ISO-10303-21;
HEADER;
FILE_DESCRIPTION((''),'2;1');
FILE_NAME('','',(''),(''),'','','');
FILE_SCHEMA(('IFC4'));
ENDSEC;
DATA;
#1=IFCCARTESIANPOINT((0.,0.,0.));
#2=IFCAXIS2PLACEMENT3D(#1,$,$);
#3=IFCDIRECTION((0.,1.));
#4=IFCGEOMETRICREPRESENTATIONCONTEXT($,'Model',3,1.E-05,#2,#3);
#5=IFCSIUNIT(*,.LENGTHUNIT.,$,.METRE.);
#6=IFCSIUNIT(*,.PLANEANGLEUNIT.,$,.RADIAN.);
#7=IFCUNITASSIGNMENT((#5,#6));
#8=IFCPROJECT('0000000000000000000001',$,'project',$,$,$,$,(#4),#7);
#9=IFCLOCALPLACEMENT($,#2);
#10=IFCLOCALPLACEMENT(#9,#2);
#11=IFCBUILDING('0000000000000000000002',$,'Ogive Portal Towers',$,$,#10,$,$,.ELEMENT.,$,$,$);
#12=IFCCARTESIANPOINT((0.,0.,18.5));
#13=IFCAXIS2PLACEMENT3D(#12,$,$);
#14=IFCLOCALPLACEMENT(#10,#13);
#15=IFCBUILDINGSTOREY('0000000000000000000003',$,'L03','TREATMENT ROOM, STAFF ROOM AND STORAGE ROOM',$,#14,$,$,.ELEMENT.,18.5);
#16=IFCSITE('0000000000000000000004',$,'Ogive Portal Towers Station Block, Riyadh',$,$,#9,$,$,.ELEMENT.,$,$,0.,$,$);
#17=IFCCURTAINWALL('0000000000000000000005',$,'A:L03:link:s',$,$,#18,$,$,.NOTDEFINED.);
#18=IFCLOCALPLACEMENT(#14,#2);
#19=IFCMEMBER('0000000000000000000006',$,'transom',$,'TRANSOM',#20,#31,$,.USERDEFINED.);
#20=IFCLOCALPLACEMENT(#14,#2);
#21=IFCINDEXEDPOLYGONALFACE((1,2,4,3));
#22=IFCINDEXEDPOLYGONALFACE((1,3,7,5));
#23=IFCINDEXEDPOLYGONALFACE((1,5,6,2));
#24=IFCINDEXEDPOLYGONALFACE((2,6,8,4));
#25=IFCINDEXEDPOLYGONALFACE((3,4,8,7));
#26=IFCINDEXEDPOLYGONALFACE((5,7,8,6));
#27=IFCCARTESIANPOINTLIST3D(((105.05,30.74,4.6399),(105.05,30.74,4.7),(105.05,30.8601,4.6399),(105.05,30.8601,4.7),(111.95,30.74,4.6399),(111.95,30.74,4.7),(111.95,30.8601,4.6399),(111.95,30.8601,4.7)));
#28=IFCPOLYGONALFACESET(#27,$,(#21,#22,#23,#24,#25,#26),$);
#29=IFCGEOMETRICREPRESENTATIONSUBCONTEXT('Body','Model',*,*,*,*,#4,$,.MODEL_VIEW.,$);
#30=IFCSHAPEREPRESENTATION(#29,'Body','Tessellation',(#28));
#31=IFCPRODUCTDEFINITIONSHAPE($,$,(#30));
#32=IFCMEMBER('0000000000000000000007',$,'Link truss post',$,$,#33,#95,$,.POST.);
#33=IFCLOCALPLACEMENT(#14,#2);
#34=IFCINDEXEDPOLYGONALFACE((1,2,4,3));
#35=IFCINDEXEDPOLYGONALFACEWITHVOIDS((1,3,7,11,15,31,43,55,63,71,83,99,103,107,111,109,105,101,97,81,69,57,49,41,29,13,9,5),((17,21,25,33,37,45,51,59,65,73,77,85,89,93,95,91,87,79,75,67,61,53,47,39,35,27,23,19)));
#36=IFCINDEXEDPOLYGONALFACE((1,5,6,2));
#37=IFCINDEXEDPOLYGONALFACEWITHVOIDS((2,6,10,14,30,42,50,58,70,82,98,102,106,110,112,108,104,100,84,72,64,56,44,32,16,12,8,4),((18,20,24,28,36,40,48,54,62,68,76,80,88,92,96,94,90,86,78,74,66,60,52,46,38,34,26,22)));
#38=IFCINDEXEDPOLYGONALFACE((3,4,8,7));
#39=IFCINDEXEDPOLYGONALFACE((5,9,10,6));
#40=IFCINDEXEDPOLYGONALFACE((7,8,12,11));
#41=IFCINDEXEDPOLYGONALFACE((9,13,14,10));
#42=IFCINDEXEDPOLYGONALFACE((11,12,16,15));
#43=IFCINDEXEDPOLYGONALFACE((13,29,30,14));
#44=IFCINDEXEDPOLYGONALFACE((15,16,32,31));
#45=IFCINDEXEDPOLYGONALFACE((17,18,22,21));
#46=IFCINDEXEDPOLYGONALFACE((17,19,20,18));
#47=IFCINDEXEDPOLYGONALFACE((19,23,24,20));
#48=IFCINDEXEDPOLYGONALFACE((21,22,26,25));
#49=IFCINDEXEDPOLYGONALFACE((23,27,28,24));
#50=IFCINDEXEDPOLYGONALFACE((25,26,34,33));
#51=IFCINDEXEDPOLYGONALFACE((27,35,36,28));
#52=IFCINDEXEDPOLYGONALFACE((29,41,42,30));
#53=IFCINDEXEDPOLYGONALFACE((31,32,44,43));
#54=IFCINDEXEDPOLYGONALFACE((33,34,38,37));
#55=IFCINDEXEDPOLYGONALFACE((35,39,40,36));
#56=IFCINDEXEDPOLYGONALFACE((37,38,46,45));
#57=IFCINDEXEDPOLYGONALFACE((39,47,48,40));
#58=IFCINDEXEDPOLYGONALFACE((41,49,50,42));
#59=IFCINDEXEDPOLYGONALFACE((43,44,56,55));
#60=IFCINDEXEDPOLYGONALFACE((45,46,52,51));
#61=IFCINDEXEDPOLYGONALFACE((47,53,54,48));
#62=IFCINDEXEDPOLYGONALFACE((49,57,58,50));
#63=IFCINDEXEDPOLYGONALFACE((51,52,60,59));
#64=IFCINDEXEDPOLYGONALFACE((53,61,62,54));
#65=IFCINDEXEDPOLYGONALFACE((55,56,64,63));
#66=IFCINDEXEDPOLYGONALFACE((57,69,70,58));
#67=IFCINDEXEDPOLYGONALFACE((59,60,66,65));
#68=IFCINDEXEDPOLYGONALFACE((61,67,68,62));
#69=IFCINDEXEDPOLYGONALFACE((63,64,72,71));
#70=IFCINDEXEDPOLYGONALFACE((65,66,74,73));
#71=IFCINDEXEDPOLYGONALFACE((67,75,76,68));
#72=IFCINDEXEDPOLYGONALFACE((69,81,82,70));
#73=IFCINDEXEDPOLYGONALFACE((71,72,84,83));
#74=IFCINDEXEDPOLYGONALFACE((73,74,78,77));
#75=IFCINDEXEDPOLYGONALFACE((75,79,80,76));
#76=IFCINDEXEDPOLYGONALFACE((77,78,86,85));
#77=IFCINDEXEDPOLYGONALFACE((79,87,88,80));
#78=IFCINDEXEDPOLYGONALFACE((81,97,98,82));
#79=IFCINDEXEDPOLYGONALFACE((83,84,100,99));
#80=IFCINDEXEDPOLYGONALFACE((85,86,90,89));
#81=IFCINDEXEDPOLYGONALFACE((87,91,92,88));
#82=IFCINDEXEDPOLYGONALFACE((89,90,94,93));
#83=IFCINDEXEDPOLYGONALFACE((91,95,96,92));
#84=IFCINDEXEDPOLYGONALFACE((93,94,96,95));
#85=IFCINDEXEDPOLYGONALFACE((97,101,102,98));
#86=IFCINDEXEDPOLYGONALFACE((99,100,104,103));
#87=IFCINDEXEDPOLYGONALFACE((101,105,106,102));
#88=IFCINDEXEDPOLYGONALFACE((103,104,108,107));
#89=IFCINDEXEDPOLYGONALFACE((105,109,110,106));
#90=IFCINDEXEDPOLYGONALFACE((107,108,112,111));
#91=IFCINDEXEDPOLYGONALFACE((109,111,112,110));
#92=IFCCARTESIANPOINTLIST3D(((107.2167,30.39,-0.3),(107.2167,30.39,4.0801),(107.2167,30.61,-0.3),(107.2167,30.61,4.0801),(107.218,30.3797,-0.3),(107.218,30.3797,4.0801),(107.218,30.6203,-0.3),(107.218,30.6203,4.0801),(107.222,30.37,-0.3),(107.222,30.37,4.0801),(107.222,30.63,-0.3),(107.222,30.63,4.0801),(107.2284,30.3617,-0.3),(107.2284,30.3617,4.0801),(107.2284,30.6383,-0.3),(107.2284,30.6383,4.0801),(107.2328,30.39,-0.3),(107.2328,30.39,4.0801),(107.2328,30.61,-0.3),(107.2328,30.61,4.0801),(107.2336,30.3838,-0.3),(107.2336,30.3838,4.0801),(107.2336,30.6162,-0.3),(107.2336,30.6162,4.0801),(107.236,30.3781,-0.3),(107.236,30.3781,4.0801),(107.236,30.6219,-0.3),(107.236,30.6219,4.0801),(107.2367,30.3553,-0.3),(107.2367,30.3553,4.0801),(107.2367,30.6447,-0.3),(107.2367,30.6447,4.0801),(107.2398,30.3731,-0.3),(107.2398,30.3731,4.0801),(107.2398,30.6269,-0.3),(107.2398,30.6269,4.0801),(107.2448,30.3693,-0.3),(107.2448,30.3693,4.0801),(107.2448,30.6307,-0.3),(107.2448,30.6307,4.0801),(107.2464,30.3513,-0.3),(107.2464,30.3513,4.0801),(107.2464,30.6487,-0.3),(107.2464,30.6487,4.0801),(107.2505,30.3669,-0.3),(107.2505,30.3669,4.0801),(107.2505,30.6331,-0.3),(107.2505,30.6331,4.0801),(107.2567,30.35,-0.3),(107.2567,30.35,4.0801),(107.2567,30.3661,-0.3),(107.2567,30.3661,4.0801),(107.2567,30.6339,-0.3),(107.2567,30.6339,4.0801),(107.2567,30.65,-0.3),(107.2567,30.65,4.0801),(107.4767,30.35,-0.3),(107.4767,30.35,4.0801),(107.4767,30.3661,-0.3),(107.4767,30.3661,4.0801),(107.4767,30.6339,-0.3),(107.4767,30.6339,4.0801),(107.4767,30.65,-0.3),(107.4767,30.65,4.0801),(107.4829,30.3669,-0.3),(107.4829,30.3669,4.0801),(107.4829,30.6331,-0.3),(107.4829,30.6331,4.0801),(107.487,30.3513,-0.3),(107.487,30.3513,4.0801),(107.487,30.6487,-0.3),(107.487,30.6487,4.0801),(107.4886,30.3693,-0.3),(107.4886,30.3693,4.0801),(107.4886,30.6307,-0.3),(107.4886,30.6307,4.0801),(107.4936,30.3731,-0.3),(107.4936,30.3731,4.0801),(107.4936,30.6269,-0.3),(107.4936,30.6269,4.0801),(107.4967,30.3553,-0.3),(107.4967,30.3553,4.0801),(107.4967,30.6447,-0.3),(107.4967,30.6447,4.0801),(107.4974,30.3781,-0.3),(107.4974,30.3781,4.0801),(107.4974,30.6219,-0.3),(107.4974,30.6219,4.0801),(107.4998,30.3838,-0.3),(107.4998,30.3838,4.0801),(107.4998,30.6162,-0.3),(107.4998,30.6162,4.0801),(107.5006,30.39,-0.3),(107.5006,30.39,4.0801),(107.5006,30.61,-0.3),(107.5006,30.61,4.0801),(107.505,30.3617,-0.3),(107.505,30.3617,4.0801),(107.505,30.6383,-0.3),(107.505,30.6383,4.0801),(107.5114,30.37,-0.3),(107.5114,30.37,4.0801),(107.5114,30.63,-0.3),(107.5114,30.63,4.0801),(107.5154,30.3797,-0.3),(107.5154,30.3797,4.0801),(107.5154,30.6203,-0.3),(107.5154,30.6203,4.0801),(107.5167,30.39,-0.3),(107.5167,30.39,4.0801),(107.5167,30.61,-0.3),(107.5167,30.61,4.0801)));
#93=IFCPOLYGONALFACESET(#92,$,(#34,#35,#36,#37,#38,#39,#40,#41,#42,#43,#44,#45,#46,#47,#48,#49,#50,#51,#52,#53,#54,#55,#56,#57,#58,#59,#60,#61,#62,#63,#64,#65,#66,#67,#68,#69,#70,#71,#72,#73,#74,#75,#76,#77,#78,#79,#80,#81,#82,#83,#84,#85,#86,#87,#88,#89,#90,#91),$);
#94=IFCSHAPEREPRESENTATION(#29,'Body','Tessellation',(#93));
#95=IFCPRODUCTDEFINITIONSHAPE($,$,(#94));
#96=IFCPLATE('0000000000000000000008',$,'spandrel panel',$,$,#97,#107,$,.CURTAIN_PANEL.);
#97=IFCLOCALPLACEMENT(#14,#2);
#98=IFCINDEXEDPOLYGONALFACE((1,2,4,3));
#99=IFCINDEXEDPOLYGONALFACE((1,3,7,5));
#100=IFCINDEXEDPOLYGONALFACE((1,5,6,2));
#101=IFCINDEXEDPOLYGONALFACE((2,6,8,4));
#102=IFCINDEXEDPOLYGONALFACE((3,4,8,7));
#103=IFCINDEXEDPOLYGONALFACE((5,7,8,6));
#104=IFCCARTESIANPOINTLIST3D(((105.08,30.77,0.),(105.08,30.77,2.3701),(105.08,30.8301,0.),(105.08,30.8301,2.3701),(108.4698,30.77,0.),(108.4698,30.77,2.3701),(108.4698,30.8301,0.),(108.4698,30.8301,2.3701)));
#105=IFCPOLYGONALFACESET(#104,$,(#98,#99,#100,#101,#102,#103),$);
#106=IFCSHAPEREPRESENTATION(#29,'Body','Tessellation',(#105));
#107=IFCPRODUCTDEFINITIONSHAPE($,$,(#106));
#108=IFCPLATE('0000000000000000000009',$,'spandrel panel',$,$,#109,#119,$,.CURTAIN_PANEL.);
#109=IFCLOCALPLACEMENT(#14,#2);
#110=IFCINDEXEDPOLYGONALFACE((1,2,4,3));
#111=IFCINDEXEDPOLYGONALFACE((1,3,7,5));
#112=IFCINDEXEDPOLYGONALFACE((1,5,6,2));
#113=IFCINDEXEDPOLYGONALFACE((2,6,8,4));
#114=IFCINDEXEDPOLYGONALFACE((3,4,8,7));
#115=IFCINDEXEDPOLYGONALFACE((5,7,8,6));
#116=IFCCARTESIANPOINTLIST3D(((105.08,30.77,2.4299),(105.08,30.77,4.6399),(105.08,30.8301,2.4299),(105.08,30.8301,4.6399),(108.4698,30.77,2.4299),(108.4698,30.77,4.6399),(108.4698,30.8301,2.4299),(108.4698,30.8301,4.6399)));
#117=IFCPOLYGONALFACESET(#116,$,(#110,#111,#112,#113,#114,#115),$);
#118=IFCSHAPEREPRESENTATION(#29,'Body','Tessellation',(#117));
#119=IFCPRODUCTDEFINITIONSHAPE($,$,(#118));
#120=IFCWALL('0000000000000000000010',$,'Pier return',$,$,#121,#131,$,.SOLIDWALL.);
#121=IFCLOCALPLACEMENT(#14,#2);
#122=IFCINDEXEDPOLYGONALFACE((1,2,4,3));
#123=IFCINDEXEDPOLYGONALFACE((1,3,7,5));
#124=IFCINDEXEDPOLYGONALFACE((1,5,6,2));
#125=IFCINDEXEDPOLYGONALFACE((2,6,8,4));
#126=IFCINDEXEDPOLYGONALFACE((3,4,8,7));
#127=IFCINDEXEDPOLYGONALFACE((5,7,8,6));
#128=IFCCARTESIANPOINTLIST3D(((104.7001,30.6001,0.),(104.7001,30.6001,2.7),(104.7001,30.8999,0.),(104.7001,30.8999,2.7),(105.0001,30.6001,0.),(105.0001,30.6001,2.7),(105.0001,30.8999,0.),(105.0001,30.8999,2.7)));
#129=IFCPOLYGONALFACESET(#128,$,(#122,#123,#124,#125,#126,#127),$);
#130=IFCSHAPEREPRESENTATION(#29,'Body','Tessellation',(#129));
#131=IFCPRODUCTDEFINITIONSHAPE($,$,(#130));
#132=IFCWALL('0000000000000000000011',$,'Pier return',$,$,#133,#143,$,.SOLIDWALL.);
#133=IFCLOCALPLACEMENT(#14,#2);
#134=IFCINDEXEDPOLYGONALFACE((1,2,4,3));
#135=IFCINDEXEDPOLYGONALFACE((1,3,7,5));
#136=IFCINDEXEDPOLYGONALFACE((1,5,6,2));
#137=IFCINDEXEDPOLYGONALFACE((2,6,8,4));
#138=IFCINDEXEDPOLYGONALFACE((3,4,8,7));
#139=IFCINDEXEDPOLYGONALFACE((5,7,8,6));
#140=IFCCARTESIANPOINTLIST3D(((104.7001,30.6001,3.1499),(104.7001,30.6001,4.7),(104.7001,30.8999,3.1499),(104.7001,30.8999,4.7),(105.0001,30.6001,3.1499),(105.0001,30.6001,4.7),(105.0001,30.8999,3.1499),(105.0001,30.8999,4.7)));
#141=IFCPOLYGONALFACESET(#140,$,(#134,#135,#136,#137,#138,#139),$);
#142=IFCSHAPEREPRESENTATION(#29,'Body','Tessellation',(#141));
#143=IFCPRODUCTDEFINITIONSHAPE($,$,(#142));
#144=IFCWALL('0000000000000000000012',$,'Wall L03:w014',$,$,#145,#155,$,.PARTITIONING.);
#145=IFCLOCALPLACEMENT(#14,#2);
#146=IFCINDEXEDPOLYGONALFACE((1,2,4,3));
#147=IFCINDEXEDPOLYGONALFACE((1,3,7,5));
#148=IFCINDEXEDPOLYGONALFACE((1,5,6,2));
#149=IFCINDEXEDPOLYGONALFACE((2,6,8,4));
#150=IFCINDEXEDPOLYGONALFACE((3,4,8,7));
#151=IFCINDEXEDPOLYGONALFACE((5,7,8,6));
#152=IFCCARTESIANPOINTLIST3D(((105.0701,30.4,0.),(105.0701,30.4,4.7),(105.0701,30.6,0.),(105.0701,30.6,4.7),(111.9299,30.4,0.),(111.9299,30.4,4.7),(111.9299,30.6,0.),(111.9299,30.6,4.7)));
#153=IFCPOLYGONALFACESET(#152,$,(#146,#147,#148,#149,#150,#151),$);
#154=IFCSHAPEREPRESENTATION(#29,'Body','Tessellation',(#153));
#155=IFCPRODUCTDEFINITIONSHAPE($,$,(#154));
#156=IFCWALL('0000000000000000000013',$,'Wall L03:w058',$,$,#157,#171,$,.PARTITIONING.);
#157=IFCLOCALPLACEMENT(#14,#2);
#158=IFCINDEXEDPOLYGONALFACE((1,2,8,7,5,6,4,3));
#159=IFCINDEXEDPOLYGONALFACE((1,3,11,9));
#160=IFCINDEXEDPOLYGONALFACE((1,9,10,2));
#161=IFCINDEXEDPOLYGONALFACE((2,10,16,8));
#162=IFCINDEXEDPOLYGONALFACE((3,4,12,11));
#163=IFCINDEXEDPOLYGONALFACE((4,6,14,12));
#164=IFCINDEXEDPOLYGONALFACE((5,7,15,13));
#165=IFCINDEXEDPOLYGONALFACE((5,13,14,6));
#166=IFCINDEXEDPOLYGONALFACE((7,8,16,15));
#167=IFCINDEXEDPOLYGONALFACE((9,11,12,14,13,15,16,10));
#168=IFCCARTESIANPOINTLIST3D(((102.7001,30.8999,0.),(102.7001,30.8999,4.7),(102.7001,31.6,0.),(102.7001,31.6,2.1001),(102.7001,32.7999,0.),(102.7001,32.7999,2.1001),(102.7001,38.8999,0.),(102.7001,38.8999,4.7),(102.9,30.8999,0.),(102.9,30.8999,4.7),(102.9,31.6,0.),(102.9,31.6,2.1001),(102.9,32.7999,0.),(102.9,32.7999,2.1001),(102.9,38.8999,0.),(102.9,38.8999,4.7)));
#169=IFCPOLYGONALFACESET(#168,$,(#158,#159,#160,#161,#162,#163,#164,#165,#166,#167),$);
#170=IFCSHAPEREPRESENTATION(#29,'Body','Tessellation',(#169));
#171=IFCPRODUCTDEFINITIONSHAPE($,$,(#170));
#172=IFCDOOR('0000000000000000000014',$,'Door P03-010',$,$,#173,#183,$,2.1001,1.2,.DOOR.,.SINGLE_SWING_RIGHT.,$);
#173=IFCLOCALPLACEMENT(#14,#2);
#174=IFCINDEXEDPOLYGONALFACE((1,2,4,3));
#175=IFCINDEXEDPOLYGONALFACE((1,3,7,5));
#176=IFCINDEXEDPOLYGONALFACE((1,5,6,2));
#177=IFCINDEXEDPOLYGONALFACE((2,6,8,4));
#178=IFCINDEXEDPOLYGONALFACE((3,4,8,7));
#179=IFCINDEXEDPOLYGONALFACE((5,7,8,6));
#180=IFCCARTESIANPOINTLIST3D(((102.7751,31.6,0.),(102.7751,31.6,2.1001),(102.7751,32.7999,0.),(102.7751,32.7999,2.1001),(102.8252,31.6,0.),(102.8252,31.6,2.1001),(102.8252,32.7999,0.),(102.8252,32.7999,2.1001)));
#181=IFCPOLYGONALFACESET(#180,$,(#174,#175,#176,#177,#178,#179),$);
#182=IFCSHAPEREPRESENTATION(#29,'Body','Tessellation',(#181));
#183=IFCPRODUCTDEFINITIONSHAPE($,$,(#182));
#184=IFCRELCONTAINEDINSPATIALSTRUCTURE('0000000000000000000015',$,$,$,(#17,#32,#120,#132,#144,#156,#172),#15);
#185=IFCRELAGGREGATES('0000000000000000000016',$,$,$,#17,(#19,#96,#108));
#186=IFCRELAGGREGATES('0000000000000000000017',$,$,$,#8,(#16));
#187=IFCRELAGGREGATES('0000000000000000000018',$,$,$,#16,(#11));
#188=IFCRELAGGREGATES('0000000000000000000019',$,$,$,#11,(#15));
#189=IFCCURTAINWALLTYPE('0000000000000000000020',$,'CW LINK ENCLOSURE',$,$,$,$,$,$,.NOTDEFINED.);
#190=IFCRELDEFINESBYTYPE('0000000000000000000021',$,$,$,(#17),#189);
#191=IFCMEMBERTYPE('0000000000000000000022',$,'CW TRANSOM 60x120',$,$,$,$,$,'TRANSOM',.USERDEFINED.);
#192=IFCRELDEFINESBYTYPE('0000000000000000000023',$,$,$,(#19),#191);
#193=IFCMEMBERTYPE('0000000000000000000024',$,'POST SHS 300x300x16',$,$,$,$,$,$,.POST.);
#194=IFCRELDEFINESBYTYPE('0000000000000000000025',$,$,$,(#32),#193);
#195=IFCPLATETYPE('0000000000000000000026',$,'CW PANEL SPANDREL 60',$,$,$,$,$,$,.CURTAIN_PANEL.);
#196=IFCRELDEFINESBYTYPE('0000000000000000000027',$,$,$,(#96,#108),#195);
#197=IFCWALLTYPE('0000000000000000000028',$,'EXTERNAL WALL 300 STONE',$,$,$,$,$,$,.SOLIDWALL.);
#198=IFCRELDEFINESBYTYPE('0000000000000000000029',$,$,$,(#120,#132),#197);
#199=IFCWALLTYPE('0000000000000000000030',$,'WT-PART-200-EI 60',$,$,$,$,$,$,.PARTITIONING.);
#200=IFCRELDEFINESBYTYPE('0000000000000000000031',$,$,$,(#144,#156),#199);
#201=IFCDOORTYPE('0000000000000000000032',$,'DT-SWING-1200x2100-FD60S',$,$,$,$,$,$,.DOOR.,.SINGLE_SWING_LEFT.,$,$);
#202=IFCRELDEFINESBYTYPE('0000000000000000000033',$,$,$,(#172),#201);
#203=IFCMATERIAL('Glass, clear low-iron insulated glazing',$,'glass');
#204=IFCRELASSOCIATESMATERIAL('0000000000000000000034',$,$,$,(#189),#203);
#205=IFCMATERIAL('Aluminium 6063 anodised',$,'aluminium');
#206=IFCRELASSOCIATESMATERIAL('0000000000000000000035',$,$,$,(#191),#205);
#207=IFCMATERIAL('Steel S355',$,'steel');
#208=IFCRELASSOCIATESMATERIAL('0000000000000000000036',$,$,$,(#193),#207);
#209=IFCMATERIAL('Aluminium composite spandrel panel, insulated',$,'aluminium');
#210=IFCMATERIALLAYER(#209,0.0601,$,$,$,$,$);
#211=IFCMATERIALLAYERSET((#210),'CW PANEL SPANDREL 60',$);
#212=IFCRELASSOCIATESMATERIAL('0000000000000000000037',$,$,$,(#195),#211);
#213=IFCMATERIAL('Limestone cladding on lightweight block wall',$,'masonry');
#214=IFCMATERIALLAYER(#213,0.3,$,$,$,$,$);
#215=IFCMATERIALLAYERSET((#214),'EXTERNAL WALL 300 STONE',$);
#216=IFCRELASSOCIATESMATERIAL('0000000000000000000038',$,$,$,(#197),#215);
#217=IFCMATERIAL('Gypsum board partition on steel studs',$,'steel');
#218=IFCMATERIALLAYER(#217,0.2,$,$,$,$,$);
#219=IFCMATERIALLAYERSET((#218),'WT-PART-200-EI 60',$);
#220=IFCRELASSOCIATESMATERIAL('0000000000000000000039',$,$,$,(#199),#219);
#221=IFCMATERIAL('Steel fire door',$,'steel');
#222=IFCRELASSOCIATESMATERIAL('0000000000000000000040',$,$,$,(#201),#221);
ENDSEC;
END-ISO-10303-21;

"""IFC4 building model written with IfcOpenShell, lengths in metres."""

from ifc_helpers import new_model, si_unit, direction, frame, frame_2d, origin, origin_2d, place, context, subcontext, project, spatial, rectangle, hollow_rectangle, extrude, material, layer, layer_set, material_profile, profile_set, type_object, element, fill, aggregate, save


model = new_model("IFC4")

# Units and contexts
model_context = context("Model", 3, precision=1e-05, world=origin(), true_north=direction((0.0, 1.0)))
body_context = subcontext(model_context, "Body", "Model", "MODEL_VIEW")
ifc_project = project(units=[si_unit("LENGTHUNIT", "METRE"), si_unit("PLANEANGLEUNIT", "RADIAN")], contexts=[model_context])

# Site, building, storey
site_placement = place(None, origin())
site = spatial("IfcSite", under=ifc_project, at=site_placement, Name="Ogive Portal Towers Station Block, Riyadh", CompositionType="ELEMENT", RefElevation=0.0)
building_placement = place(site_placement, origin())
building = spatial("IfcBuilding", under=site, at=building_placement, Name="Ogive Portal Towers", CompositionType="ELEMENT")
storey_placement = place(building_placement, frame((0.0, 0.0, 18.5)))
storey = spatial("IfcBuildingStorey", under=building, at=storey_placement, Name="L03", Description="TREATMENT ROOM, STAFF ROOM AND STORAGE ROOM", CompositionType="ELEMENT", Elevation=18.5)

# Shared definitions
ifc_material_1 = material(Name="Steel S355", Category="steel")

# Curtain wall, member
ifc_material_2 = material(Name="Glass, clear low-iron insulated glazing", Category="glass")
curtain_wall_type = type_object("IfcCurtainWallType", Name="CW LINK ENCLOSURE", PredefinedType="NOTDEFINED", material=ifc_material_2)
curtain_wall_placement = place(storey_placement, origin())
curtain_wall = element("IfcCurtainWall", 1, at=curtain_wall_placement, inside=storey, type_object=curtain_wall_type, Name="A:L03:link:s", PredefinedType="NOTDEFINED")
ifc_material_3 = material(Name="Aluminium 6063 anodised", Category="aluminium")
ifc_material_profile_1 = material_profile(ifc_material_3, rectangle(XDim=0.1201, YDim=0.0601, at=origin_2d()), Name="AL 120x60")
ifc_profile_set_1 = profile_set([ifc_material_profile_1], Name="Aluminium 6063 anodised")
member_type_1 = type_object("IfcMemberType", Name="CW TRANSOM 60x120", ElementType="TRANSOM", PredefinedType="USERDEFINED", material=ifc_profile_set_1)
member_1_placement = place(storey_placement, frame((105.05, 30.8, 4.6699), z_axis=(1.0, 0.0, 0.0), x_axis=(0.0, 1.0, 0.0)))
member_1 = element("IfcMember", 2, at=member_1_placement, type_object=member_type_1, Name="transom", ObjectType="TRANSOM", PredefinedType="USERDEFINED", context=body_context, shape_type="SweptSolid", body=[
    extrude(rectangle(XDim=0.1201, YDim=0.0601, at=origin_2d()), origin(), (0.0, 0.0, 1.0), 6.8999),
])

# Member
ifc_material_profile_2 = material_profile(ifc_material_1, hollow_rectangle(XDim=0.3, YDim=0.3, WallThickness=0.0161, InnerFilletRadius=0.0239, OuterFilletRadius=0.04, at=origin_2d()), Name="SHS 300x300x16")
ifc_profile_set_2 = profile_set([ifc_material_profile_2], Name="Steel S355")
member_type_2 = type_object("IfcMemberType", Name="POST SHS 300x300x16", PredefinedType="POST", material=ifc_profile_set_2)
member_2_placement = place(storey_placement, frame((107.3667, 30.5, -0.3), z_axis=(0.0, 0.0, 1.0), x_axis=(1.0, 0.0, 0.0)))
element("IfcMember", 3, at=member_2_placement, inside=storey, type_object=member_type_2, Name="Link truss post", PredefinedType="POST", context=body_context, shape_type="SweptSolid", body=[
    extrude(hollow_rectangle(XDim=0.3, YDim=0.3, WallThickness=0.0161, InnerFilletRadius=0.0239, OuterFilletRadius=0.04, at=origin_2d()), origin(), (0.0, 0.0, 1.0), 4.3801),
])

# Plates
ifc_material_4 = material(Name="Aluminium composite spandrel panel, insulated", Category="aluminium")
ifc_layer_1 = layer(ifc_material_4, 0.0601)
ifc_layer_set_1 = layer_set([ifc_layer_1], Name="CW PANEL SPANDREL 60")
plate_type = type_object("IfcPlateType", Name="CW PANEL SPANDREL 60", PredefinedType="CURTAIN_PANEL", material=ifc_layer_set_1)
plate_1_placement = place(storey_placement, frame((106.7749, 30.8, 0.0), z_axis=(0.0, 0.0, 1.0), x_axis=(1.0, 0.0, 0.0)))
plate_1 = element("IfcPlate", 4, at=plate_1_placement, type_object=plate_type, Name="spandrel panel", PredefinedType="CURTAIN_PANEL", context=body_context, shape_type="SweptSolid", body=[
    extrude(rectangle(XDim=3.3899, YDim=0.0601, at=origin_2d()), origin(), (0.0, 0.0, 1.0), 2.3701),
])
plate_2_placement = place(storey_placement, frame((106.7749, 30.8, 2.4299), z_axis=(0.0, 0.0, 1.0), x_axis=(1.0, 0.0, 0.0)))
plate_2 = element("IfcPlate", 5, at=plate_2_placement, type_object=plate_type, Name="spandrel panel", PredefinedType="CURTAIN_PANEL", context=body_context, shape_type="SweptSolid", body=[
    extrude(rectangle(XDim=3.3899, YDim=0.0601, at=origin_2d()), origin(), (0.0, 0.0, 1.0), 2.21),
])
aggregate(curtain_wall, [member_1, plate_1, plate_2])

# Walls
ifc_material_5 = material(Name="Limestone cladding on lightweight block wall", Category="masonry")
ifc_layer_2 = layer(ifc_material_5, 0.3)
ifc_layer_set_2 = layer_set([ifc_layer_2], Name="EXTERNAL WALL 300 STONE")
wall_type_1 = type_object("IfcWallType", Name="EXTERNAL WALL 300 STONE", PredefinedType="SOLIDWALL", material=ifc_layer_set_2)
wall_1_placement = place(storey_placement, frame((104.8501, 30.6001, 0.0), z_axis=(0.0, 0.0, 1.0), x_axis=(0.0, 1.0, 0.0)))
element("IfcWall", 6, at=wall_1_placement, inside=storey, type_object=wall_type_1, Name="Pier return", PredefinedType="SOLIDWALL", context=body_context, shape_type="SweptSolid", body=[
    extrude(rectangle(XDim=0.2998, YDim=0.3, at=frame_2d((0.1499, 0.0))), origin(), (0.0, 0.0, 1.0), 2.7),
])
wall_2_placement = place(storey_placement, frame((104.8501, 30.6001, 3.1499), z_axis=(0.0, 0.0, 1.0), x_axis=(0.0, 1.0, 0.0)))
element("IfcWall", 7, at=wall_2_placement, inside=storey, type_object=wall_type_1, Name="Pier return", PredefinedType="SOLIDWALL", context=body_context, shape_type="SweptSolid", body=[
    extrude(rectangle(XDim=0.2998, YDim=0.3, at=frame_2d((0.1499, 0.0))), origin(), (0.0, 0.0, 1.0), 1.55),
])
ifc_material_6 = material(Name="Gypsum board partition on steel studs", Category="steel")
ifc_layer_3 = layer(ifc_material_6, 0.2)
ifc_layer_set_3 = layer_set([ifc_layer_3], Name="WT-PART-200-EI 60")
wall_type_2 = type_object("IfcWallType", Name="WT-PART-200-EI 60", PredefinedType="PARTITIONING", material=ifc_layer_set_3)
wall_3_placement = place(storey_placement, frame((105.0701, 30.5, 0.0), z_axis=(0.0, 0.0, 1.0), x_axis=(1.0, 0.0, 0.0)))
element("IfcWall", 8, at=wall_3_placement, inside=storey, type_object=wall_type_2, Name="Wall L03:w014", PredefinedType="PARTITIONING", context=body_context, shape_type="SweptSolid", body=[
    extrude(rectangle(XDim=6.8599, YDim=0.2, at=frame_2d((3.4299, 0.0))), origin(), (0.0, 0.0, 1.0), 4.7),
])

# Wall, opening, door
wall_4_placement = place(storey_placement, frame((102.8, 30.8999, 0.0), z_axis=(0.0, 0.0, 1.0), x_axis=(0.0, 1.0, 0.0)))
wall_4 = element("IfcWall", 9, at=wall_4_placement, inside=storey, type_object=wall_type_2, Name="Wall L03:w058", PredefinedType="PARTITIONING", context=body_context, shape_type="SweptSolid", body=[
    extrude(rectangle(XDim=8.0, YDim=0.2, at=frame_2d((4.0, 0.0))), origin(), (0.0, 0.0, 1.0), 4.7),
])
opening_1_placement = place(wall_4_placement, frame((0.7, 0.0, 0.0)))
opening_1 = element("IfcOpeningElement", 10, at=opening_1_placement, cuts=wall_4, PredefinedType="OPENING", context=body_context, shape_type="SweptSolid", body=[
    extrude(rectangle(XDim=1.2, YDim=2.1001, at=frame_2d((0.6001, 1.05))), frame((0.0, 0.1099, 0.0), z_axis=(0.0, -1.0, 0.0), x_axis=(1.0, 0.0, 0.0)), (0.0, 0.0, 1.0), 0.22),
])
ifc_material_7 = material(Name="Steel fire door", Category="steel")
door_type = type_object("IfcDoorType", Name="DT-SWING-1200x2100-FD60S", OperationType="SINGLE_SWING_LEFT", PredefinedType="DOOR", material=ifc_material_7)
door_1_placement = place(opening_1_placement, origin())
door_1 = element("IfcDoor", 11, at=door_1_placement, inside=storey, type_object=door_type, Name="Door P03-010", OperationType="SINGLE_SWING_RIGHT", OverallHeight=2.1001, OverallWidth=1.2, PredefinedType="DOOR", context=body_context, shape_type="SweptSolid", body=[
    extrude(rectangle(XDim=1.2, YDim=2.1001, at=frame_2d((0.6001, 1.05))), frame((0.0, 0.0249, 0.0), z_axis=(0.0, -1.0, 0.0), x_axis=(1.0, 0.0, 0.0)), (0.0, 0.0, 1.0), 0.05),
])
fill(opening_1, door_1)

save(model, "model.ifc")
